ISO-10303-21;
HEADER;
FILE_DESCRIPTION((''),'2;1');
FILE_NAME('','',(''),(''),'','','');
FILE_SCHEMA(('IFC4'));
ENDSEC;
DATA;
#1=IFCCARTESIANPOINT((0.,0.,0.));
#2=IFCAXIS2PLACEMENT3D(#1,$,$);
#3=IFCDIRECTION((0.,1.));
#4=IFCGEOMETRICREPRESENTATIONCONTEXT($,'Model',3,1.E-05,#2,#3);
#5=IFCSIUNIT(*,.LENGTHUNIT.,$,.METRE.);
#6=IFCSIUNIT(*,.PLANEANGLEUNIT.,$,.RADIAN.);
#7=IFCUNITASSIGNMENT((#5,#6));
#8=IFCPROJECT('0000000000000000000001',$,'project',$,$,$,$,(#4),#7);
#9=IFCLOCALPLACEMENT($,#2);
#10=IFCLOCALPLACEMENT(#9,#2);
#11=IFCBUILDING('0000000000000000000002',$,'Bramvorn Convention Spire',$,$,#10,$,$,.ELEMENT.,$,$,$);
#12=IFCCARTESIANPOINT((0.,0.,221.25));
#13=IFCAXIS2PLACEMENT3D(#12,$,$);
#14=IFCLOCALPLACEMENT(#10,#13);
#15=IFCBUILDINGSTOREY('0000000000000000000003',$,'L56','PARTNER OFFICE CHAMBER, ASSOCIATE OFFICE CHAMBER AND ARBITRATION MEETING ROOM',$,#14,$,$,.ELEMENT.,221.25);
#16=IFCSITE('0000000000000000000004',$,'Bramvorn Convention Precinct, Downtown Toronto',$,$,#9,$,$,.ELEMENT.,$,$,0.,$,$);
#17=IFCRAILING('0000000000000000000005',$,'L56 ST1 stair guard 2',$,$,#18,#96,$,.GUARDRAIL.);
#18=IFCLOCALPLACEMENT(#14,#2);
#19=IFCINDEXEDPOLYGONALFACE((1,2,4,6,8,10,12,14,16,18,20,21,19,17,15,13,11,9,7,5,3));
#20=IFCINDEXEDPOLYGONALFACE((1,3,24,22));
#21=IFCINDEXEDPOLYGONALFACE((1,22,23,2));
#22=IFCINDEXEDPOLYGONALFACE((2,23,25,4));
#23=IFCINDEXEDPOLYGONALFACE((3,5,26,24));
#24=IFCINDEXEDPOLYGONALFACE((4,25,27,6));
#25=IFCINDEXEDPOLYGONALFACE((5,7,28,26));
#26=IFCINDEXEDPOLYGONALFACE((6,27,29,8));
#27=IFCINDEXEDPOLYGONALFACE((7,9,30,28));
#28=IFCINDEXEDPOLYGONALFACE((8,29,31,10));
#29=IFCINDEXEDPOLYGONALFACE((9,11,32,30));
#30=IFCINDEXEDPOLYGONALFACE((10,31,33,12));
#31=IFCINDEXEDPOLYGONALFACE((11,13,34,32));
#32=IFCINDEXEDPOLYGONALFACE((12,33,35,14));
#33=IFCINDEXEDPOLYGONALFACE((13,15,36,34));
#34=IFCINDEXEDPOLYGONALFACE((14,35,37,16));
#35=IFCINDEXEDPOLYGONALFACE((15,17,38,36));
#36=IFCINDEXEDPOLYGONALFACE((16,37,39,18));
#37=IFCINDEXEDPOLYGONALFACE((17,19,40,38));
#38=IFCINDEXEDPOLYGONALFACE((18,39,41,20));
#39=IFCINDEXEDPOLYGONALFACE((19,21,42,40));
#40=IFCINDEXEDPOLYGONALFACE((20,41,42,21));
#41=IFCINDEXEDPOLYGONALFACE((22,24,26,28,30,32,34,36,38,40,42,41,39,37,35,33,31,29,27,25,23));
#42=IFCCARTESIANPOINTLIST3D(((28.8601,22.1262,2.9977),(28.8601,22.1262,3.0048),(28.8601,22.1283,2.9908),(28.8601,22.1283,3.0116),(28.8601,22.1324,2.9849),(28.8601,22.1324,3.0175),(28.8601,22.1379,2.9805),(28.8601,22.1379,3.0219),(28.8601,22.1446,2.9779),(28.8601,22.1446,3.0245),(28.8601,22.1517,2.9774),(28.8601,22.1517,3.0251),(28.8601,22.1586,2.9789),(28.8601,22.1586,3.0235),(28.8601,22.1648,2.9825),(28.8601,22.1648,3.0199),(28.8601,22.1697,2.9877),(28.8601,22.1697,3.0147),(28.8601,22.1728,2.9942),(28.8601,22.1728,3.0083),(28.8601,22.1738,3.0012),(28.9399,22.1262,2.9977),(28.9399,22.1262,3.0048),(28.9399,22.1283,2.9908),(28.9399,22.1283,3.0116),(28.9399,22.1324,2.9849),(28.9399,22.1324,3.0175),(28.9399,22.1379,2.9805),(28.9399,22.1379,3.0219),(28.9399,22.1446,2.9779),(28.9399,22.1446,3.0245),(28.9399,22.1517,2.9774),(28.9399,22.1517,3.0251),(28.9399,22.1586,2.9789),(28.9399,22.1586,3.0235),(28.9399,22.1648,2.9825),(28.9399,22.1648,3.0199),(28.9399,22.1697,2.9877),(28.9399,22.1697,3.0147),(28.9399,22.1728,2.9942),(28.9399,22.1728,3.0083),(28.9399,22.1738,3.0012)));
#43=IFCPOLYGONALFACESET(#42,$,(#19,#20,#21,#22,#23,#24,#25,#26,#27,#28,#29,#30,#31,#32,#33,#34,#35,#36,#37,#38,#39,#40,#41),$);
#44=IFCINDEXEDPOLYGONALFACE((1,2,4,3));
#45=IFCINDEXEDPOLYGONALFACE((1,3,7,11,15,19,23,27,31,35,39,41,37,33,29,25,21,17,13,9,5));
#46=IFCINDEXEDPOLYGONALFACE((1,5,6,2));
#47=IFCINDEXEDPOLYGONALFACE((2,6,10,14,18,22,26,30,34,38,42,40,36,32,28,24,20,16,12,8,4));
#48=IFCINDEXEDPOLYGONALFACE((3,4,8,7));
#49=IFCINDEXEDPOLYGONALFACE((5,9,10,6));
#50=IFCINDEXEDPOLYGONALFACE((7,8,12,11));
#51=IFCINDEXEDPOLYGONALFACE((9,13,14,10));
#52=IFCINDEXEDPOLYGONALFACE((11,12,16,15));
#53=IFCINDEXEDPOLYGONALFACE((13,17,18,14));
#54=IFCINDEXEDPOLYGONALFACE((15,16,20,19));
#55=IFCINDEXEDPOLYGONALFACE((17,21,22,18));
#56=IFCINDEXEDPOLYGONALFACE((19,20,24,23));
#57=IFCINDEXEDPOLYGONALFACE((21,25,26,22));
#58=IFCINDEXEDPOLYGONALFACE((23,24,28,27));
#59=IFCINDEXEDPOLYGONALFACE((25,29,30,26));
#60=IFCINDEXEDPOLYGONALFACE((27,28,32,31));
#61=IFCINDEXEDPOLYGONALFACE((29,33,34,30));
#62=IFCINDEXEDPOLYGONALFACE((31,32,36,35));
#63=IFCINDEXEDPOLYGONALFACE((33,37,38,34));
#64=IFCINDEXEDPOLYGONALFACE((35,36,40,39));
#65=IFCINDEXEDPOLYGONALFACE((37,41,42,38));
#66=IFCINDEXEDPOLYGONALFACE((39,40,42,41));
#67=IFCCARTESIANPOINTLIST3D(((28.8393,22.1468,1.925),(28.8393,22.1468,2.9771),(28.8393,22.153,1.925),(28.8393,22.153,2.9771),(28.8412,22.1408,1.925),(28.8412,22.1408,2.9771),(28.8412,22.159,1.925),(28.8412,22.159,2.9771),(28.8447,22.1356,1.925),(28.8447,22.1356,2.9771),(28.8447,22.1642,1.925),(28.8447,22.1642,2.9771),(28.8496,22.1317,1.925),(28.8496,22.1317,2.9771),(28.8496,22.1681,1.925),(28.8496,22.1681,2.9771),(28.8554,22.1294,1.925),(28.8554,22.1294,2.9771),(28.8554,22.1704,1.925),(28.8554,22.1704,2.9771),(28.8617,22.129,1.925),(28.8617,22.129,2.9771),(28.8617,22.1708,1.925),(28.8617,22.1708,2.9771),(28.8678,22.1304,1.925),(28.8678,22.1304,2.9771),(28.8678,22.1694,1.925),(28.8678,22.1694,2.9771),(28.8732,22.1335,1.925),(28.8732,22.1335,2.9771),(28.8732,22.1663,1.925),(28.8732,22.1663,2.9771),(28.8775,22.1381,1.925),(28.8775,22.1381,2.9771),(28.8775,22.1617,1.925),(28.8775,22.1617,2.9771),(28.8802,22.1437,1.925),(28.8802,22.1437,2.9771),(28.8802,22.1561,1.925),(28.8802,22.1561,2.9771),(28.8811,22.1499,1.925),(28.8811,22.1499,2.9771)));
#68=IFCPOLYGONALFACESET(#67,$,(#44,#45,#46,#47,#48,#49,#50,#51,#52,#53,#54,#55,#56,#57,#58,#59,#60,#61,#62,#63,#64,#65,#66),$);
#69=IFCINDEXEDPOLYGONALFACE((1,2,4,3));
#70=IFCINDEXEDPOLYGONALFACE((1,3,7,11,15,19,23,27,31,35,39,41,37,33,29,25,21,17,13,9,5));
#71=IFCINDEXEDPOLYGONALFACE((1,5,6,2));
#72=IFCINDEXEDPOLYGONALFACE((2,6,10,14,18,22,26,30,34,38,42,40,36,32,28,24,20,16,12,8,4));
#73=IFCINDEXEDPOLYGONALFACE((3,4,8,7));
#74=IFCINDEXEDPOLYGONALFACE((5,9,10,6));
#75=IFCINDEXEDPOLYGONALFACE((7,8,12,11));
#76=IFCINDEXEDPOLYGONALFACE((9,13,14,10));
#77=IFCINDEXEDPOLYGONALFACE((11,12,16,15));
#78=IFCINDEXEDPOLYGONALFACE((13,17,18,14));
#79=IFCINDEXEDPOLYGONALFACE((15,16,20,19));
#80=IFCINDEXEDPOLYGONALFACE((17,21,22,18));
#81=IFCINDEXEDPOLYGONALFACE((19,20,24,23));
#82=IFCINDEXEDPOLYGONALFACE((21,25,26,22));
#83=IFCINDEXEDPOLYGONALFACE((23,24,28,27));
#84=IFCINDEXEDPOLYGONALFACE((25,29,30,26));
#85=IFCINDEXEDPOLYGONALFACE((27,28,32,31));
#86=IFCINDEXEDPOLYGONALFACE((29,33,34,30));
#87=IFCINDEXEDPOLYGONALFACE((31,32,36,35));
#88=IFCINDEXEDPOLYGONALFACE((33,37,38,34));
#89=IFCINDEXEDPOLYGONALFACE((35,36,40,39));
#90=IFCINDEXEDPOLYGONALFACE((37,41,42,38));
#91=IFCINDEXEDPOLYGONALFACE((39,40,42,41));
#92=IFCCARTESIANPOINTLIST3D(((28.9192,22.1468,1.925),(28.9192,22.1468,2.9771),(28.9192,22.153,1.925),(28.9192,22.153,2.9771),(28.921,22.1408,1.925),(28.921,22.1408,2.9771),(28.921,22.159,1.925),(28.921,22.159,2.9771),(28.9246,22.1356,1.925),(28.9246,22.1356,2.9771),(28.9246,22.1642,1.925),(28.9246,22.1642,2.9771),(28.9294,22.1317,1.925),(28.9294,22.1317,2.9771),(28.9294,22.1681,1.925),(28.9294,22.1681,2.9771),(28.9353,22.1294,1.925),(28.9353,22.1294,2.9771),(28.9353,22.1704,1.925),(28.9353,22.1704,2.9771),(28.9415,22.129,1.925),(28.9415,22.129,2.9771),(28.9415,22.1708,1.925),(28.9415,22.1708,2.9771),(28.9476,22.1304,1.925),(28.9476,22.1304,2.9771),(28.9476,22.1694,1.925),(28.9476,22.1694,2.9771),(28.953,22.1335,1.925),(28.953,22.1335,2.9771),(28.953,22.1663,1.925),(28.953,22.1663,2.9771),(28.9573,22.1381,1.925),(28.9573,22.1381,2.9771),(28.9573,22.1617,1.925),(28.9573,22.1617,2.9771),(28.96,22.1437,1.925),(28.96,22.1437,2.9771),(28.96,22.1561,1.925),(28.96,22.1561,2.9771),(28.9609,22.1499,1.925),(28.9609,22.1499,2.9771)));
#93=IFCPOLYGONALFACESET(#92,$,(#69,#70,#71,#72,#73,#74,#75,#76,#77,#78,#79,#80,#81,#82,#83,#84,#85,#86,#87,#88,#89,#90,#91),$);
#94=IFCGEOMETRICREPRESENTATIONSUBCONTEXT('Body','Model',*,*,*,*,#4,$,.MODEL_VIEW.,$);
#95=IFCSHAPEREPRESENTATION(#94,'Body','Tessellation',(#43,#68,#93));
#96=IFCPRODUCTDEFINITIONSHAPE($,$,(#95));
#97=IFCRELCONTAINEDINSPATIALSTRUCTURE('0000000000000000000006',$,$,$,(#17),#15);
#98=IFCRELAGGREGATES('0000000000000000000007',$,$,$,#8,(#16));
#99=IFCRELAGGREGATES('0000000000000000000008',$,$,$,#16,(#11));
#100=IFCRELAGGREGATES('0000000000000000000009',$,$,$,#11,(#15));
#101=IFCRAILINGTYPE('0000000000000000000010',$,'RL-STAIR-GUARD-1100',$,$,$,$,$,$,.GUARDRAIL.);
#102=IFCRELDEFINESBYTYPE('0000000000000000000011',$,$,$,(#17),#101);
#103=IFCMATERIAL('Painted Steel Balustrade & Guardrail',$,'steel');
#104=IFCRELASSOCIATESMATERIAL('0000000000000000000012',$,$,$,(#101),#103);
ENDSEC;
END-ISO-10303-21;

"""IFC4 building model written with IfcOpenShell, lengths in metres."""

from ifc_helpers import new_model, si_unit, direction, frame, origin, origin_2d, place, context, subcontext, project, spatial, circle, extrude, material, type_object, element, save


model = new_model("IFC4")

# Units and contexts
model_context = context("Model", 3, precision=1e-05, world=origin(), true_north=direction((0.0, 1.0)))
body_context = subcontext(model_context, "Body", "Model", "MODEL_VIEW")
ifc_project = project(units=[si_unit("LENGTHUNIT", "METRE"), si_unit("PLANEANGLEUNIT", "RADIAN")], contexts=[model_context])

# Site, building, storey
site_placement = place(None, origin())
site = spatial("IfcSite", under=ifc_project, at=site_placement, Name="Bramvorn Convention Precinct, Downtown Toronto", CompositionType="ELEMENT", RefElevation=0.0)
building_placement = place(site_placement, origin())
building = spatial("IfcBuilding", under=site, at=building_placement, Name="Bramvorn Convention Spire", CompositionType="ELEMENT")
storey_placement = place(building_placement, frame((0.0, 0.0, 221.25)))
storey = spatial("IfcBuildingStorey", under=building, at=storey_placement, Name="L56", Description="PARTNER OFFICE CHAMBER, ASSOCIATE OFFICE CHAMBER AND ARBITRATION MEETING ROOM", CompositionType="ELEMENT", Elevation=221.25)

# Railing
ifc_material_1 = material(Name="Painted Steel Balustrade & Guardrail", Category="steel")
railing_type_1 = type_object("IfcRailingType", Name="RL-STAIR-GUARD-1100", PredefinedType="GUARDRAIL", material=ifc_material_1)
railing_1_placement = place(storey_placement, frame((28.8601, 22.1499, 1.925)))
element("IfcRailing", 1, at=railing_1_placement, inside=storey, type_object=railing_type_1, Name="L56 ST1 stair guard 2", PredefinedType="GUARDRAIL", context=body_context, shape_type="SweptSolid", body=[
    extrude(circle(Radius=0.0239, at=origin_2d()), frame((0.0, 0.0, 1.0762), z_axis=(1.0, 0.0, 0.0), x_axis=(0.0, 1.0, 0.0)), (0.0, 0.0, 1.0), 0.0798),
    extrude(circle(Radius=0.021, at=origin_2d()), origin(), (0.0, 0.0, 1.0), 1.052),
    extrude(circle(Radius=0.021, at=origin_2d()), frame((0.0798, 0.0, 0.0)), (0.0, 0.0, 1.0), 1.052),
])

save(model, "model.ifc")
